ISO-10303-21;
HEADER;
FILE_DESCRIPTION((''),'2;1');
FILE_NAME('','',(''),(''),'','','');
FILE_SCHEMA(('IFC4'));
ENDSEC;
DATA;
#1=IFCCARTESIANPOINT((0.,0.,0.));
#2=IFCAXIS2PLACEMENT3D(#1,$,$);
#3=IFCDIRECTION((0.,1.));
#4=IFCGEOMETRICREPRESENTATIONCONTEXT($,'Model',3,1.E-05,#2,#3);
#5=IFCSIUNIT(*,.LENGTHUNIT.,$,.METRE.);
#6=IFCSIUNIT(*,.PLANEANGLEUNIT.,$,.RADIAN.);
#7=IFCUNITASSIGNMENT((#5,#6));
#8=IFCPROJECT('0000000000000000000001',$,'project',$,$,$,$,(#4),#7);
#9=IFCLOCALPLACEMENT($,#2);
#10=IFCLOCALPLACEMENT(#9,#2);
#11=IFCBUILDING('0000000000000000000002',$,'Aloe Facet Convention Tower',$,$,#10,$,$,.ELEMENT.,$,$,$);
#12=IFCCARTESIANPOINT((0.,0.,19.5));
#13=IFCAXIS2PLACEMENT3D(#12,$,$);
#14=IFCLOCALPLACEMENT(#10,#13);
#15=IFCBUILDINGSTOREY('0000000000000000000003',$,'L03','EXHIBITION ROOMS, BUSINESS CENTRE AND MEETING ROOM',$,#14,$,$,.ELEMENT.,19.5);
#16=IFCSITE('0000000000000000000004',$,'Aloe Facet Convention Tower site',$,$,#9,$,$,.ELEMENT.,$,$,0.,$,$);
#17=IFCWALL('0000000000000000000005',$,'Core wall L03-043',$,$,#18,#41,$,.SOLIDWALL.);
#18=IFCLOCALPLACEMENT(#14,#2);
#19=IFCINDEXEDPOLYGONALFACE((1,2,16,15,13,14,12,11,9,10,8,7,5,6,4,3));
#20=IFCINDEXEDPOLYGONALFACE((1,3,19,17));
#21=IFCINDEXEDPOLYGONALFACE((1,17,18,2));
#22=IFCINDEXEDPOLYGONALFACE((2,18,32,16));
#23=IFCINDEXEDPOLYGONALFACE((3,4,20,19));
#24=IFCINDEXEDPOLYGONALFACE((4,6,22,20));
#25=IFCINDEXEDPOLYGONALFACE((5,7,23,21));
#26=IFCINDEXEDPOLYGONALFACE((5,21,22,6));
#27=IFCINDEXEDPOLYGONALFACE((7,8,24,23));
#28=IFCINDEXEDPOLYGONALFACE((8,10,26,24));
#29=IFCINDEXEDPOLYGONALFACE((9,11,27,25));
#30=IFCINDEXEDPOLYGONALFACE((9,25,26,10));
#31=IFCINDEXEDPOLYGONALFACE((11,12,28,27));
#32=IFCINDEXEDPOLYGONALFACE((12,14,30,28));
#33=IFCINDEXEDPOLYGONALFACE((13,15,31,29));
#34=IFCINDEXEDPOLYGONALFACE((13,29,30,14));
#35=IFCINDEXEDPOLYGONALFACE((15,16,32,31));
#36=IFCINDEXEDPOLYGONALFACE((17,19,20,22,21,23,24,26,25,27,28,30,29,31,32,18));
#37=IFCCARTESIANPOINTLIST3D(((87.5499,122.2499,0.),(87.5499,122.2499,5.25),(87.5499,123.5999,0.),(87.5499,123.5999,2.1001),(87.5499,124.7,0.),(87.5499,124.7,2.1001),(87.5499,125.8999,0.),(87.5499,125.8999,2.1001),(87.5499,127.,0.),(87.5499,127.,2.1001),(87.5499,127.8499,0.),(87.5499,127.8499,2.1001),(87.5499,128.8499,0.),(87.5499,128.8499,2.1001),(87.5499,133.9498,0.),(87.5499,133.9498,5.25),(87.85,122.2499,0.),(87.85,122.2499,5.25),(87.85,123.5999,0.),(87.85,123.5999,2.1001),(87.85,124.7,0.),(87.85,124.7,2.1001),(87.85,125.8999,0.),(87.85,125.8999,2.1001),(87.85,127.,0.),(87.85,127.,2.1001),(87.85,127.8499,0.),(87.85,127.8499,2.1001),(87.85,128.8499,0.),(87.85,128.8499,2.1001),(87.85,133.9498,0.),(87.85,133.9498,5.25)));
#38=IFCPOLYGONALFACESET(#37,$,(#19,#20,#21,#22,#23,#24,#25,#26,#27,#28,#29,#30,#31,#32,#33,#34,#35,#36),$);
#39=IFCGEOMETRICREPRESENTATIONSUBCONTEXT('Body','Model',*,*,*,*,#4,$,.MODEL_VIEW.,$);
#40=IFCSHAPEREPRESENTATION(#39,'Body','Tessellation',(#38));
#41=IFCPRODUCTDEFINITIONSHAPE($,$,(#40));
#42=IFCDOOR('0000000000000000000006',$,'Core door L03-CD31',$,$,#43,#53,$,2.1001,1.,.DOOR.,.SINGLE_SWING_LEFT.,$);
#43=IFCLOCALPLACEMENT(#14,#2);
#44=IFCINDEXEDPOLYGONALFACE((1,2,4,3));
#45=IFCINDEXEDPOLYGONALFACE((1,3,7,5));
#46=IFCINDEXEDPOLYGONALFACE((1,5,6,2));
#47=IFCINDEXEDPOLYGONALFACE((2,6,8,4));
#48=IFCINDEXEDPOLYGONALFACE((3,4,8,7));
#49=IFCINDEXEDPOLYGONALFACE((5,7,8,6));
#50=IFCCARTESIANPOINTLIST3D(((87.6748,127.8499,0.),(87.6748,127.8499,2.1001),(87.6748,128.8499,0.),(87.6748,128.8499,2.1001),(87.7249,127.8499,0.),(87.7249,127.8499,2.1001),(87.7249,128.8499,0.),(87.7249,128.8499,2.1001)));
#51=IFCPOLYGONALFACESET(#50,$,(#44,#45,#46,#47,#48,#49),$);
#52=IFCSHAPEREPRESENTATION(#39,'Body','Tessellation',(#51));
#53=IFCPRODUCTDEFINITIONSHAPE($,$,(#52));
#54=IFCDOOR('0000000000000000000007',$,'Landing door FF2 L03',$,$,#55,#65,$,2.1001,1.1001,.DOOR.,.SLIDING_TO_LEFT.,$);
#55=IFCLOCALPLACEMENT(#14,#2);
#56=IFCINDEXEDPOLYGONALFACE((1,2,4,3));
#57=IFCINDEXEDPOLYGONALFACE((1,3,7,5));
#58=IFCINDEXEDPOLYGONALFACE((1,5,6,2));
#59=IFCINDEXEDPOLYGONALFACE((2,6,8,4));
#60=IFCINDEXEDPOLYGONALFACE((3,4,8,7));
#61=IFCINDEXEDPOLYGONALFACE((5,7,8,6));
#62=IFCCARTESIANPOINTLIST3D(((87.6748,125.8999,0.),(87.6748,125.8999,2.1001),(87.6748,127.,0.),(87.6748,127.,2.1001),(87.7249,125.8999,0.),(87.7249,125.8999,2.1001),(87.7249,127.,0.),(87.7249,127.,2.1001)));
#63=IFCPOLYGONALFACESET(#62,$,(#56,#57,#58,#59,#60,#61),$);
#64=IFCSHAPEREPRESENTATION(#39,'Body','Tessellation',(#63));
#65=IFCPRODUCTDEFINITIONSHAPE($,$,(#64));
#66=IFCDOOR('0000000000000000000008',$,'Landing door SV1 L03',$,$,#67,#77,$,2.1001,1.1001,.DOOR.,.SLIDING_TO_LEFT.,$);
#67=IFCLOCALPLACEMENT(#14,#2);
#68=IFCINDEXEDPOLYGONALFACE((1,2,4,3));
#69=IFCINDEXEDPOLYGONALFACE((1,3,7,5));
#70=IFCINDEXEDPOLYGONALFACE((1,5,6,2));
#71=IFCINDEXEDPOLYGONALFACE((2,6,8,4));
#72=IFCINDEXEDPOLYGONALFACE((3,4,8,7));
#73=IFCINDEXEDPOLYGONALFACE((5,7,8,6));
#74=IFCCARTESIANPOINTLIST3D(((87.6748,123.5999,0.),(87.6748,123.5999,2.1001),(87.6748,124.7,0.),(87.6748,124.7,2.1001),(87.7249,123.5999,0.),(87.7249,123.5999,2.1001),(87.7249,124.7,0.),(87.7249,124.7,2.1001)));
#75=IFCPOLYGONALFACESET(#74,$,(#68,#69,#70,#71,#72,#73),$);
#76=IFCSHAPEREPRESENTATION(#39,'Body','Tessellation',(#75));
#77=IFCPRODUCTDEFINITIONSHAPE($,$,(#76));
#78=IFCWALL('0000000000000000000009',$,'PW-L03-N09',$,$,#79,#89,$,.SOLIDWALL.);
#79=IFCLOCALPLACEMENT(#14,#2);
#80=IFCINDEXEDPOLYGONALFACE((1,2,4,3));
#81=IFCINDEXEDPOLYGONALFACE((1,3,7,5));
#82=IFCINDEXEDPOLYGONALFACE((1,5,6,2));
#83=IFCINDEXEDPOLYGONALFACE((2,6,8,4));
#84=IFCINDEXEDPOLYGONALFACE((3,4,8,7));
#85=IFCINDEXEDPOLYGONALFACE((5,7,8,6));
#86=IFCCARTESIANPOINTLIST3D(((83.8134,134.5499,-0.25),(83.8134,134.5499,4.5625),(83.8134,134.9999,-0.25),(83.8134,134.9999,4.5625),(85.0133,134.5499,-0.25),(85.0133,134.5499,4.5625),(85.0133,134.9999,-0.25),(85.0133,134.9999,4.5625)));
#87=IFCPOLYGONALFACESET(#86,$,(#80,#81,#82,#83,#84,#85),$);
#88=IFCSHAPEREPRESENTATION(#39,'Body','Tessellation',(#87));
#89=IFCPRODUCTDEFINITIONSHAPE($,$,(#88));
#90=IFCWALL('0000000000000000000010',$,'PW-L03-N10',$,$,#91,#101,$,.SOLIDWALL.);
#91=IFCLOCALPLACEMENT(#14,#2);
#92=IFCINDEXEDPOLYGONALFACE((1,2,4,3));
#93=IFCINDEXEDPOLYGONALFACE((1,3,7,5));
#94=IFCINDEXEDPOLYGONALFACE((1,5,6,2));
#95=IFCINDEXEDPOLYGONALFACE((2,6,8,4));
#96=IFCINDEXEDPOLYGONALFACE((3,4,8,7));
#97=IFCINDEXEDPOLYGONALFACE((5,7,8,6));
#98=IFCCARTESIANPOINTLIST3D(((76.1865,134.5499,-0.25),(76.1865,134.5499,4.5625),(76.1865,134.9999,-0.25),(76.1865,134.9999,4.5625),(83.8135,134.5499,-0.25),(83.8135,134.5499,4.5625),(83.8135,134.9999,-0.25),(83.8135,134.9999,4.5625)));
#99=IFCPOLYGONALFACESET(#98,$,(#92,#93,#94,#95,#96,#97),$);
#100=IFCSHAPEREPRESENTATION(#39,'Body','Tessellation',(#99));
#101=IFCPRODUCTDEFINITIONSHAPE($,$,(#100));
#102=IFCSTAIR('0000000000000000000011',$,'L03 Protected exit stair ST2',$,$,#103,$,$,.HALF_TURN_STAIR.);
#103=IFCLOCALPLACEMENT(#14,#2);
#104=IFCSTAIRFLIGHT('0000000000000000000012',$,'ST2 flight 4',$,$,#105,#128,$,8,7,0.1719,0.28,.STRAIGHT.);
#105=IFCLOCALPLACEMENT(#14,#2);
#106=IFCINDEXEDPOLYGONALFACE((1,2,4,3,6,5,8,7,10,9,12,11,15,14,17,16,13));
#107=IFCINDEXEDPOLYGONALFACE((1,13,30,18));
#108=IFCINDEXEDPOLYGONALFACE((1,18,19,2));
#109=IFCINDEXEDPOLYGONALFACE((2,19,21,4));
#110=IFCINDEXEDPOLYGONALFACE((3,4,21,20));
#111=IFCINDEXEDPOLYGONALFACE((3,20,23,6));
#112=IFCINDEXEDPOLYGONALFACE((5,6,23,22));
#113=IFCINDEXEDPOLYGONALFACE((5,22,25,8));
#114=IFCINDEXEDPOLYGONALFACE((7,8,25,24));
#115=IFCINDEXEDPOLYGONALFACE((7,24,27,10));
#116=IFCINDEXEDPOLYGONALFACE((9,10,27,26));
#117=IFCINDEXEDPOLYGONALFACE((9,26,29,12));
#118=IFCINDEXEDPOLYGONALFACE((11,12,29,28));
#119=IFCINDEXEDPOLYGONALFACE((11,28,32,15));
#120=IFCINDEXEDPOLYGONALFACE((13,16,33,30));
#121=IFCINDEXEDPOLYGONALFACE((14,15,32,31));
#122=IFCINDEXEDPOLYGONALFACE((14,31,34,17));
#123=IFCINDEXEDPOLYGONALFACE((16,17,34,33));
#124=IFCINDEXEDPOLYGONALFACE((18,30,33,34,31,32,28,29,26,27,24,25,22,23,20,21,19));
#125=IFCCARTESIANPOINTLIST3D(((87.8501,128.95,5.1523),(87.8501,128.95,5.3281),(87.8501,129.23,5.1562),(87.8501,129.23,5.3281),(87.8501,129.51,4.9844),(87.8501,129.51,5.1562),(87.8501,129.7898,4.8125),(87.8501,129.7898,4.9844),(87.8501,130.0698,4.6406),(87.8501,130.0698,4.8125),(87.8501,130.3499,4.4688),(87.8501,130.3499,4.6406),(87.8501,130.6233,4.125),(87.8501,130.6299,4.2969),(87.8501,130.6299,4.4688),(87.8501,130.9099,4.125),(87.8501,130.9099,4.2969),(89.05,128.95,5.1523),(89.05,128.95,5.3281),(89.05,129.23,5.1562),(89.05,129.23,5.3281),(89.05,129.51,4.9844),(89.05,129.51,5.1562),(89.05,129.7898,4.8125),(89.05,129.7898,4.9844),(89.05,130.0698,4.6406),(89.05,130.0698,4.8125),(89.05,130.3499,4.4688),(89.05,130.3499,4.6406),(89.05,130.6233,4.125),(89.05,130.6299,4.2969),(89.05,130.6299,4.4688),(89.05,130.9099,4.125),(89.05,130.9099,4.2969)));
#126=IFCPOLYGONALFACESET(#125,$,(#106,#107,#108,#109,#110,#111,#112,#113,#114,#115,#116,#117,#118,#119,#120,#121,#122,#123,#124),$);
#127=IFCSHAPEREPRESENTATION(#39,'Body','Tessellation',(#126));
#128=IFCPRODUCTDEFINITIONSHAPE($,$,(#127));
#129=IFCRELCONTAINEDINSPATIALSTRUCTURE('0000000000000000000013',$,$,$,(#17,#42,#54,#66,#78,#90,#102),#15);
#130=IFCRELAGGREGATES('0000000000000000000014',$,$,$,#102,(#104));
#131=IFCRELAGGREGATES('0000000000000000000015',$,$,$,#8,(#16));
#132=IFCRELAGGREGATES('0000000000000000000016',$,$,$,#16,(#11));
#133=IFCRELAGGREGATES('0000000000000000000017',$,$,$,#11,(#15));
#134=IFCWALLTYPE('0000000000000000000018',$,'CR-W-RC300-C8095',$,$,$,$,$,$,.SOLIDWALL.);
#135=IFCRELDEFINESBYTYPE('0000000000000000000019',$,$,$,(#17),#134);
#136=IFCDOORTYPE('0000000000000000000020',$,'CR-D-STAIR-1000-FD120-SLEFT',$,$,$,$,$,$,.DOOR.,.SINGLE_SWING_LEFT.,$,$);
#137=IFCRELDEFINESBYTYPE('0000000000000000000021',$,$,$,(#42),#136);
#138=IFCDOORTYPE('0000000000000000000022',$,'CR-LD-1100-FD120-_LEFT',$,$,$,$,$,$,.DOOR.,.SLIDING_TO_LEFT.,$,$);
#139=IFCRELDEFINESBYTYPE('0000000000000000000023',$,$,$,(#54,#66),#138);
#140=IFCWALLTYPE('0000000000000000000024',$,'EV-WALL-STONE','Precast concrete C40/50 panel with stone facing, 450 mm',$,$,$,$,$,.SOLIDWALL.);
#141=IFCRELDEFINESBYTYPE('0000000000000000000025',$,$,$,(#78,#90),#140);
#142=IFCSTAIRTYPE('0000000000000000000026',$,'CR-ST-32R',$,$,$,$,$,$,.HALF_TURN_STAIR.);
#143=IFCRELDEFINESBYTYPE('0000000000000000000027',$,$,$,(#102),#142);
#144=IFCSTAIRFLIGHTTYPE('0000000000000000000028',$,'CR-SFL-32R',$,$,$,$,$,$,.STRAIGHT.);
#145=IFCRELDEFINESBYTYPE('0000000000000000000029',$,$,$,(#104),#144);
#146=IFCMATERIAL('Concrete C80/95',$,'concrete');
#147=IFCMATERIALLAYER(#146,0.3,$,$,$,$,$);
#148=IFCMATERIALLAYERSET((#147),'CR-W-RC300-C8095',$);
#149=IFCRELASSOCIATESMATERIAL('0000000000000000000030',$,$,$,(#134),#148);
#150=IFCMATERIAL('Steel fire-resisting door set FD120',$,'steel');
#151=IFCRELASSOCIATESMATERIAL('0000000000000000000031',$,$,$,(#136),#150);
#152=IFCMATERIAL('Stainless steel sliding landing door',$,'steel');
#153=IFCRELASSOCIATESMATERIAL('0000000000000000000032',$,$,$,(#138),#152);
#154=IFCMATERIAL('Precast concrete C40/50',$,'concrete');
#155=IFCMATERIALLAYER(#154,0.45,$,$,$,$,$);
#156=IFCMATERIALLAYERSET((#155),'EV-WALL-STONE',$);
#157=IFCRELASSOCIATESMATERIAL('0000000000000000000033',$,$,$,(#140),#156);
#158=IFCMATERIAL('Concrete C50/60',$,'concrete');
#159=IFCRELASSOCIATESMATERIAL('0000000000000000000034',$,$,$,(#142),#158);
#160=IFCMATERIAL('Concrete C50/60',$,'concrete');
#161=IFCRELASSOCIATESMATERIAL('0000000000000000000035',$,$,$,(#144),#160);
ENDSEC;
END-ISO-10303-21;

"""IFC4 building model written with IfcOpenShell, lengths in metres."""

from ifc_helpers import new_model, si_unit, direction, frame, frame_2d, origin, place, context, subcontext, project, spatial, polyline, rectangle, outline, extrude, material, layer, layer_set, type_object, element, fill, aggregate, save


model = new_model("IFC4")

# Units and contexts
model_context = context("Model", 3, precision=1e-05, world=origin(), true_north=direction((0.0, 1.0)))
body_context = subcontext(model_context, "Body", "Model", "MODEL_VIEW")
ifc_project = project(units=[si_unit("LENGTHUNIT", "METRE"), si_unit("PLANEANGLEUNIT", "RADIAN")], contexts=[model_context])

# Site, building, storey
site_placement = place(None, origin())
site = spatial("IfcSite", under=ifc_project, at=site_placement, Name="Aloe Facet Convention Tower site", CompositionType="ELEMENT", RefElevation=0.0)
building_placement = place(site_placement, origin())
building = spatial("IfcBuilding", under=site, at=building_placement, Name="Aloe Facet Convention Tower", CompositionType="ELEMENT")
storey_placement = place(building_placement, frame((0.0, 0.0, 19.5)))
storey = spatial("IfcBuildingStorey", under=building, at=storey_placement, Name="L03", Description="EXHIBITION ROOMS, BUSINESS CENTRE AND MEETING ROOM", CompositionType="ELEMENT", Elevation=19.5)

# Shared definitions
ifc_material_1 = material(Name="Concrete C80/95", Category="concrete")
ifc_layer_1 = layer(ifc_material_1, 0.3)
ifc_layer_set_1 = layer_set([ifc_layer_1], Name="CR-W-RC300-C8095")
wall_type_1 = type_object("IfcWallType", Name="CR-W-RC300-C8095", PredefinedType="SOLIDWALL", material=ifc_layer_set_1)

# Wall, openings, doors
wall_1_placement = place(storey_placement, frame((87.7, 133.95, 0.0), z_axis=(0.0, 0.0, 1.0), x_axis=(0.0, -1.0, 0.0)))
wall_1 = element("IfcWall", 1, at=wall_1_placement, inside=storey, type_object=wall_type_1, Name="Core wall L03-043", PredefinedType="SOLIDWALL", context=body_context, shape_type="SweptSolid", body=[
    extrude(rectangle(XDim=11.7, YDim=0.3, at=frame_2d((5.8501, 0.0))), origin(), (0.0, 0.0, 1.0), 5.25),
])
opening_1_placement = place(wall_1_placement, frame((6.95, 0.0, 0.0)))
opening_1 = element("IfcOpeningElement", 2, at=opening_1_placement, cuts=wall_1, PredefinedType="OPENING", context=body_context, shape_type="SweptSolid", body=[
    extrude(rectangle(XDim=1.1001, YDim=2.1001, at=frame_2d((0.55, 1.05))), frame((0.0, 0.1602, 0.0), z_axis=(0.0, -1.0, 0.0), x_axis=(1.0, 0.0, 0.0)), (0.0, 0.0, 1.0), 0.3201),
])
opening_2_placement = place(wall_1_placement, frame((5.1001, 0.0, 0.0)))
opening_2 = element("IfcOpeningElement", 3, at=opening_2_placement, cuts=wall_1, PredefinedType="OPENING", context=body_context, shape_type="SweptSolid", body=[
    extrude(rectangle(XDim=1.0, YDim=2.1001, at=frame_2d((0.5, 1.05))), frame((0.0, 0.1602, 0.0), z_axis=(0.0, -1.0, 0.0), x_axis=(1.0, 0.0, 0.0)), (0.0, 0.0, 1.0), 0.3201),
])
opening_3_placement = place(wall_1_placement, frame((9.25, 0.0, 0.0)))
opening_3 = element("IfcOpeningElement", 4, at=opening_3_placement, cuts=wall_1, PredefinedType="OPENING", context=body_context, shape_type="SweptSolid", body=[
    extrude(rectangle(XDim=1.1001, YDim=2.1001, at=frame_2d((0.55, 1.05))), frame((0.0, 0.1602, 0.0), z_axis=(0.0, -1.0, 0.0), x_axis=(1.0, 0.0, 0.0)), (0.0, 0.0, 1.0), 0.3201),
])
ifc_material_2 = material(Name="Steel fire-resisting door set FD120", Category="steel")
door_type_1 = type_object("IfcDoorType", Name="CR-D-STAIR-1000-FD120-SLEFT", OperationType="SINGLE_SWING_LEFT", PredefinedType="DOOR", material=ifc_material_2)
door_1_placement = place(opening_2_placement, origin())
door_1 = element("IfcDoor", 5, at=door_1_placement, inside=storey, type_object=door_type_1, Name="Core door L03-CD31", OperationType="SINGLE_SWING_LEFT", OverallHeight=2.1001, OverallWidth=1.0, PredefinedType="DOOR", context=body_context, shape_type="SweptSolid", body=[
    extrude(rectangle(XDim=1.0, YDim=2.1001, at=frame_2d((0.5, 1.05))), frame((0.0, 0.0249, 0.0), z_axis=(0.0, -1.0, 0.0), x_axis=(1.0, 0.0, 0.0)), (0.0, 0.0, 1.0), 0.05),
])
fill(opening_2, door_1)
ifc_material_3 = material(Name="Stainless steel sliding landing door", Category="steel")
door_type_2 = type_object("IfcDoorType", Name="CR-LD-1100-FD120-_LEFT", OperationType="SLIDING_TO_LEFT", PredefinedType="DOOR", material=ifc_material_3)
door_2_placement = place(opening_1_placement, origin())
door_2 = element("IfcDoor", 6, at=door_2_placement, inside=storey, type_object=door_type_2, Name="Landing door FF2 L03", OperationType="SLIDING_TO_LEFT", OverallHeight=2.1001, OverallWidth=1.1001, PredefinedType="DOOR", context=body_context, shape_type="SweptSolid", body=[
    extrude(rectangle(XDim=1.1001, YDim=2.1001, at=frame_2d((0.55, 1.05))), frame((0.0, 0.0249, 0.0), z_axis=(0.0, -1.0, 0.0), x_axis=(1.0, 0.0, 0.0)), (0.0, 0.0, 1.0), 0.05),
])
fill(opening_1, door_2)
door_3_placement = place(opening_3_placement, origin())
door_3 = element("IfcDoor", 7, at=door_3_placement, inside=storey, type_object=door_type_2, Name="Landing door SV1 L03", OperationType="SLIDING_TO_LEFT", OverallHeight=2.1001, OverallWidth=1.1001, PredefinedType="DOOR", context=body_context, shape_type="SweptSolid", body=[
    extrude(rectangle(XDim=1.1001, YDim=2.1001, at=frame_2d((0.55, 1.05))), frame((0.0, 0.0249, 0.0), z_axis=(0.0, -1.0, 0.0), x_axis=(1.0, 0.0, 0.0)), (0.0, 0.0, 1.0), 0.05),
])
fill(opening_3, door_3)

# Walls
ifc_material_4 = material(Name="Precast concrete C40/50", Category="concrete")
ifc_layer_2 = layer(ifc_material_4, 0.45)
ifc_layer_set_2 = layer_set([ifc_layer_2], Name="EV-WALL-STONE")
wall_type_2 = type_object("IfcWallType", Name="EV-WALL-STONE", Description="Precast concrete C40/50 panel with stone facing, 450 mm", PredefinedType="SOLIDWALL", material=ifc_layer_set_2)
wall_2_placement = place(storey_placement, frame((85.0134, 134.7749, -0.25), z_axis=(0.0, 0.0, 1.0), x_axis=(-1.0, 0.0, 0.0)))
element("IfcWall", 8, at=wall_2_placement, inside=storey, type_object=wall_type_2, Name="PW-L03-N09", PredefinedType="SOLIDWALL", context=body_context, shape_type="SweptSolid", body=[
    extrude(rectangle(XDim=1.2, YDim=0.45, at=frame_2d((0.6001, 0.0))), origin(), (0.0, 0.0, 1.0), 4.8125),
])
wall_3_placement = place(storey_placement, frame((83.8135, 134.7749, -0.25), z_axis=(0.0, 0.0, 1.0), x_axis=(-1.0, 0.0, 0.0)))
element("IfcWall", 9, at=wall_3_placement, inside=storey, type_object=wall_type_2, Name="PW-L03-N10", PredefinedType="SOLIDWALL", context=body_context, shape_type="SweptSolid", body=[
    extrude(rectangle(XDim=7.627, YDim=0.45, at=frame_2d((3.8135, 0.0))), origin(), (0.0, 0.0, 1.0), 4.8125),
])

# Stair, stair flight
ifc_material_5 = material(Name="Concrete C50/60", Category="concrete")
stair_type = type_object("IfcStairType", Name="CR-ST-32R", PredefinedType="HALF_TURN_STAIR", material=ifc_material_5)
stair_placement = place(storey_placement, origin())
stair = element("IfcStair", 10, at=stair_placement, inside=storey, type_object=stair_type, Name="L03 Protected exit stair ST2", PredefinedType="HALF_TURN_STAIR")
ifc_material_6 = material(Name="Concrete C50/60", Category="concrete")
stair_flight_type = type_object("IfcStairFlightType", Name="CR-SFL-32R", PredefinedType="STRAIGHT", material=ifc_material_6)
stair_flight_placement = place(storey_placement, frame((88.45, 130.9099, 4.125), z_axis=(0.0, 0.0, 1.0), x_axis=(0.0, -1.0, 0.0)))
stair_flight = element("IfcStairFlight", 11, at=stair_flight_placement, type_object=stair_flight_type, Name="ST2 flight 4", NumberOfRisers=8, NumberOfTreads=7, PredefinedType="STRAIGHT", RiserHeight=0.1719, TreadLength=0.28, context=body_context, shape_type="SweptSolid", body=[
    extrude(outline(polyline([(0.0, 0.0), (0.0, 0.1719), (0.28, 0.1719), (0.28, 0.3438), (0.5601, 0.3438), (0.5601, 0.5156), (0.8401, 0.5156), (0.8401, 0.6875), (1.1201, 0.6875), (1.1201, 0.8594), (1.3999, 0.8594), (1.3999, 1.0312), (1.6799, 1.0312), (1.6799, 1.2031), (1.96, 1.2031), (1.96, 1.375), (1.96, 1.0273), (0.2866, 0.0), (0.0, 0.0)])), frame((0.0, 0.6001, 0.0), z_axis=(0.0, -1.0, 0.0), x_axis=(1.0, 0.0, 0.0)), (0.0, 0.0, 1.0), 1.2),
])
aggregate(stair, [stair_flight])

save(model, "model.ifc")
